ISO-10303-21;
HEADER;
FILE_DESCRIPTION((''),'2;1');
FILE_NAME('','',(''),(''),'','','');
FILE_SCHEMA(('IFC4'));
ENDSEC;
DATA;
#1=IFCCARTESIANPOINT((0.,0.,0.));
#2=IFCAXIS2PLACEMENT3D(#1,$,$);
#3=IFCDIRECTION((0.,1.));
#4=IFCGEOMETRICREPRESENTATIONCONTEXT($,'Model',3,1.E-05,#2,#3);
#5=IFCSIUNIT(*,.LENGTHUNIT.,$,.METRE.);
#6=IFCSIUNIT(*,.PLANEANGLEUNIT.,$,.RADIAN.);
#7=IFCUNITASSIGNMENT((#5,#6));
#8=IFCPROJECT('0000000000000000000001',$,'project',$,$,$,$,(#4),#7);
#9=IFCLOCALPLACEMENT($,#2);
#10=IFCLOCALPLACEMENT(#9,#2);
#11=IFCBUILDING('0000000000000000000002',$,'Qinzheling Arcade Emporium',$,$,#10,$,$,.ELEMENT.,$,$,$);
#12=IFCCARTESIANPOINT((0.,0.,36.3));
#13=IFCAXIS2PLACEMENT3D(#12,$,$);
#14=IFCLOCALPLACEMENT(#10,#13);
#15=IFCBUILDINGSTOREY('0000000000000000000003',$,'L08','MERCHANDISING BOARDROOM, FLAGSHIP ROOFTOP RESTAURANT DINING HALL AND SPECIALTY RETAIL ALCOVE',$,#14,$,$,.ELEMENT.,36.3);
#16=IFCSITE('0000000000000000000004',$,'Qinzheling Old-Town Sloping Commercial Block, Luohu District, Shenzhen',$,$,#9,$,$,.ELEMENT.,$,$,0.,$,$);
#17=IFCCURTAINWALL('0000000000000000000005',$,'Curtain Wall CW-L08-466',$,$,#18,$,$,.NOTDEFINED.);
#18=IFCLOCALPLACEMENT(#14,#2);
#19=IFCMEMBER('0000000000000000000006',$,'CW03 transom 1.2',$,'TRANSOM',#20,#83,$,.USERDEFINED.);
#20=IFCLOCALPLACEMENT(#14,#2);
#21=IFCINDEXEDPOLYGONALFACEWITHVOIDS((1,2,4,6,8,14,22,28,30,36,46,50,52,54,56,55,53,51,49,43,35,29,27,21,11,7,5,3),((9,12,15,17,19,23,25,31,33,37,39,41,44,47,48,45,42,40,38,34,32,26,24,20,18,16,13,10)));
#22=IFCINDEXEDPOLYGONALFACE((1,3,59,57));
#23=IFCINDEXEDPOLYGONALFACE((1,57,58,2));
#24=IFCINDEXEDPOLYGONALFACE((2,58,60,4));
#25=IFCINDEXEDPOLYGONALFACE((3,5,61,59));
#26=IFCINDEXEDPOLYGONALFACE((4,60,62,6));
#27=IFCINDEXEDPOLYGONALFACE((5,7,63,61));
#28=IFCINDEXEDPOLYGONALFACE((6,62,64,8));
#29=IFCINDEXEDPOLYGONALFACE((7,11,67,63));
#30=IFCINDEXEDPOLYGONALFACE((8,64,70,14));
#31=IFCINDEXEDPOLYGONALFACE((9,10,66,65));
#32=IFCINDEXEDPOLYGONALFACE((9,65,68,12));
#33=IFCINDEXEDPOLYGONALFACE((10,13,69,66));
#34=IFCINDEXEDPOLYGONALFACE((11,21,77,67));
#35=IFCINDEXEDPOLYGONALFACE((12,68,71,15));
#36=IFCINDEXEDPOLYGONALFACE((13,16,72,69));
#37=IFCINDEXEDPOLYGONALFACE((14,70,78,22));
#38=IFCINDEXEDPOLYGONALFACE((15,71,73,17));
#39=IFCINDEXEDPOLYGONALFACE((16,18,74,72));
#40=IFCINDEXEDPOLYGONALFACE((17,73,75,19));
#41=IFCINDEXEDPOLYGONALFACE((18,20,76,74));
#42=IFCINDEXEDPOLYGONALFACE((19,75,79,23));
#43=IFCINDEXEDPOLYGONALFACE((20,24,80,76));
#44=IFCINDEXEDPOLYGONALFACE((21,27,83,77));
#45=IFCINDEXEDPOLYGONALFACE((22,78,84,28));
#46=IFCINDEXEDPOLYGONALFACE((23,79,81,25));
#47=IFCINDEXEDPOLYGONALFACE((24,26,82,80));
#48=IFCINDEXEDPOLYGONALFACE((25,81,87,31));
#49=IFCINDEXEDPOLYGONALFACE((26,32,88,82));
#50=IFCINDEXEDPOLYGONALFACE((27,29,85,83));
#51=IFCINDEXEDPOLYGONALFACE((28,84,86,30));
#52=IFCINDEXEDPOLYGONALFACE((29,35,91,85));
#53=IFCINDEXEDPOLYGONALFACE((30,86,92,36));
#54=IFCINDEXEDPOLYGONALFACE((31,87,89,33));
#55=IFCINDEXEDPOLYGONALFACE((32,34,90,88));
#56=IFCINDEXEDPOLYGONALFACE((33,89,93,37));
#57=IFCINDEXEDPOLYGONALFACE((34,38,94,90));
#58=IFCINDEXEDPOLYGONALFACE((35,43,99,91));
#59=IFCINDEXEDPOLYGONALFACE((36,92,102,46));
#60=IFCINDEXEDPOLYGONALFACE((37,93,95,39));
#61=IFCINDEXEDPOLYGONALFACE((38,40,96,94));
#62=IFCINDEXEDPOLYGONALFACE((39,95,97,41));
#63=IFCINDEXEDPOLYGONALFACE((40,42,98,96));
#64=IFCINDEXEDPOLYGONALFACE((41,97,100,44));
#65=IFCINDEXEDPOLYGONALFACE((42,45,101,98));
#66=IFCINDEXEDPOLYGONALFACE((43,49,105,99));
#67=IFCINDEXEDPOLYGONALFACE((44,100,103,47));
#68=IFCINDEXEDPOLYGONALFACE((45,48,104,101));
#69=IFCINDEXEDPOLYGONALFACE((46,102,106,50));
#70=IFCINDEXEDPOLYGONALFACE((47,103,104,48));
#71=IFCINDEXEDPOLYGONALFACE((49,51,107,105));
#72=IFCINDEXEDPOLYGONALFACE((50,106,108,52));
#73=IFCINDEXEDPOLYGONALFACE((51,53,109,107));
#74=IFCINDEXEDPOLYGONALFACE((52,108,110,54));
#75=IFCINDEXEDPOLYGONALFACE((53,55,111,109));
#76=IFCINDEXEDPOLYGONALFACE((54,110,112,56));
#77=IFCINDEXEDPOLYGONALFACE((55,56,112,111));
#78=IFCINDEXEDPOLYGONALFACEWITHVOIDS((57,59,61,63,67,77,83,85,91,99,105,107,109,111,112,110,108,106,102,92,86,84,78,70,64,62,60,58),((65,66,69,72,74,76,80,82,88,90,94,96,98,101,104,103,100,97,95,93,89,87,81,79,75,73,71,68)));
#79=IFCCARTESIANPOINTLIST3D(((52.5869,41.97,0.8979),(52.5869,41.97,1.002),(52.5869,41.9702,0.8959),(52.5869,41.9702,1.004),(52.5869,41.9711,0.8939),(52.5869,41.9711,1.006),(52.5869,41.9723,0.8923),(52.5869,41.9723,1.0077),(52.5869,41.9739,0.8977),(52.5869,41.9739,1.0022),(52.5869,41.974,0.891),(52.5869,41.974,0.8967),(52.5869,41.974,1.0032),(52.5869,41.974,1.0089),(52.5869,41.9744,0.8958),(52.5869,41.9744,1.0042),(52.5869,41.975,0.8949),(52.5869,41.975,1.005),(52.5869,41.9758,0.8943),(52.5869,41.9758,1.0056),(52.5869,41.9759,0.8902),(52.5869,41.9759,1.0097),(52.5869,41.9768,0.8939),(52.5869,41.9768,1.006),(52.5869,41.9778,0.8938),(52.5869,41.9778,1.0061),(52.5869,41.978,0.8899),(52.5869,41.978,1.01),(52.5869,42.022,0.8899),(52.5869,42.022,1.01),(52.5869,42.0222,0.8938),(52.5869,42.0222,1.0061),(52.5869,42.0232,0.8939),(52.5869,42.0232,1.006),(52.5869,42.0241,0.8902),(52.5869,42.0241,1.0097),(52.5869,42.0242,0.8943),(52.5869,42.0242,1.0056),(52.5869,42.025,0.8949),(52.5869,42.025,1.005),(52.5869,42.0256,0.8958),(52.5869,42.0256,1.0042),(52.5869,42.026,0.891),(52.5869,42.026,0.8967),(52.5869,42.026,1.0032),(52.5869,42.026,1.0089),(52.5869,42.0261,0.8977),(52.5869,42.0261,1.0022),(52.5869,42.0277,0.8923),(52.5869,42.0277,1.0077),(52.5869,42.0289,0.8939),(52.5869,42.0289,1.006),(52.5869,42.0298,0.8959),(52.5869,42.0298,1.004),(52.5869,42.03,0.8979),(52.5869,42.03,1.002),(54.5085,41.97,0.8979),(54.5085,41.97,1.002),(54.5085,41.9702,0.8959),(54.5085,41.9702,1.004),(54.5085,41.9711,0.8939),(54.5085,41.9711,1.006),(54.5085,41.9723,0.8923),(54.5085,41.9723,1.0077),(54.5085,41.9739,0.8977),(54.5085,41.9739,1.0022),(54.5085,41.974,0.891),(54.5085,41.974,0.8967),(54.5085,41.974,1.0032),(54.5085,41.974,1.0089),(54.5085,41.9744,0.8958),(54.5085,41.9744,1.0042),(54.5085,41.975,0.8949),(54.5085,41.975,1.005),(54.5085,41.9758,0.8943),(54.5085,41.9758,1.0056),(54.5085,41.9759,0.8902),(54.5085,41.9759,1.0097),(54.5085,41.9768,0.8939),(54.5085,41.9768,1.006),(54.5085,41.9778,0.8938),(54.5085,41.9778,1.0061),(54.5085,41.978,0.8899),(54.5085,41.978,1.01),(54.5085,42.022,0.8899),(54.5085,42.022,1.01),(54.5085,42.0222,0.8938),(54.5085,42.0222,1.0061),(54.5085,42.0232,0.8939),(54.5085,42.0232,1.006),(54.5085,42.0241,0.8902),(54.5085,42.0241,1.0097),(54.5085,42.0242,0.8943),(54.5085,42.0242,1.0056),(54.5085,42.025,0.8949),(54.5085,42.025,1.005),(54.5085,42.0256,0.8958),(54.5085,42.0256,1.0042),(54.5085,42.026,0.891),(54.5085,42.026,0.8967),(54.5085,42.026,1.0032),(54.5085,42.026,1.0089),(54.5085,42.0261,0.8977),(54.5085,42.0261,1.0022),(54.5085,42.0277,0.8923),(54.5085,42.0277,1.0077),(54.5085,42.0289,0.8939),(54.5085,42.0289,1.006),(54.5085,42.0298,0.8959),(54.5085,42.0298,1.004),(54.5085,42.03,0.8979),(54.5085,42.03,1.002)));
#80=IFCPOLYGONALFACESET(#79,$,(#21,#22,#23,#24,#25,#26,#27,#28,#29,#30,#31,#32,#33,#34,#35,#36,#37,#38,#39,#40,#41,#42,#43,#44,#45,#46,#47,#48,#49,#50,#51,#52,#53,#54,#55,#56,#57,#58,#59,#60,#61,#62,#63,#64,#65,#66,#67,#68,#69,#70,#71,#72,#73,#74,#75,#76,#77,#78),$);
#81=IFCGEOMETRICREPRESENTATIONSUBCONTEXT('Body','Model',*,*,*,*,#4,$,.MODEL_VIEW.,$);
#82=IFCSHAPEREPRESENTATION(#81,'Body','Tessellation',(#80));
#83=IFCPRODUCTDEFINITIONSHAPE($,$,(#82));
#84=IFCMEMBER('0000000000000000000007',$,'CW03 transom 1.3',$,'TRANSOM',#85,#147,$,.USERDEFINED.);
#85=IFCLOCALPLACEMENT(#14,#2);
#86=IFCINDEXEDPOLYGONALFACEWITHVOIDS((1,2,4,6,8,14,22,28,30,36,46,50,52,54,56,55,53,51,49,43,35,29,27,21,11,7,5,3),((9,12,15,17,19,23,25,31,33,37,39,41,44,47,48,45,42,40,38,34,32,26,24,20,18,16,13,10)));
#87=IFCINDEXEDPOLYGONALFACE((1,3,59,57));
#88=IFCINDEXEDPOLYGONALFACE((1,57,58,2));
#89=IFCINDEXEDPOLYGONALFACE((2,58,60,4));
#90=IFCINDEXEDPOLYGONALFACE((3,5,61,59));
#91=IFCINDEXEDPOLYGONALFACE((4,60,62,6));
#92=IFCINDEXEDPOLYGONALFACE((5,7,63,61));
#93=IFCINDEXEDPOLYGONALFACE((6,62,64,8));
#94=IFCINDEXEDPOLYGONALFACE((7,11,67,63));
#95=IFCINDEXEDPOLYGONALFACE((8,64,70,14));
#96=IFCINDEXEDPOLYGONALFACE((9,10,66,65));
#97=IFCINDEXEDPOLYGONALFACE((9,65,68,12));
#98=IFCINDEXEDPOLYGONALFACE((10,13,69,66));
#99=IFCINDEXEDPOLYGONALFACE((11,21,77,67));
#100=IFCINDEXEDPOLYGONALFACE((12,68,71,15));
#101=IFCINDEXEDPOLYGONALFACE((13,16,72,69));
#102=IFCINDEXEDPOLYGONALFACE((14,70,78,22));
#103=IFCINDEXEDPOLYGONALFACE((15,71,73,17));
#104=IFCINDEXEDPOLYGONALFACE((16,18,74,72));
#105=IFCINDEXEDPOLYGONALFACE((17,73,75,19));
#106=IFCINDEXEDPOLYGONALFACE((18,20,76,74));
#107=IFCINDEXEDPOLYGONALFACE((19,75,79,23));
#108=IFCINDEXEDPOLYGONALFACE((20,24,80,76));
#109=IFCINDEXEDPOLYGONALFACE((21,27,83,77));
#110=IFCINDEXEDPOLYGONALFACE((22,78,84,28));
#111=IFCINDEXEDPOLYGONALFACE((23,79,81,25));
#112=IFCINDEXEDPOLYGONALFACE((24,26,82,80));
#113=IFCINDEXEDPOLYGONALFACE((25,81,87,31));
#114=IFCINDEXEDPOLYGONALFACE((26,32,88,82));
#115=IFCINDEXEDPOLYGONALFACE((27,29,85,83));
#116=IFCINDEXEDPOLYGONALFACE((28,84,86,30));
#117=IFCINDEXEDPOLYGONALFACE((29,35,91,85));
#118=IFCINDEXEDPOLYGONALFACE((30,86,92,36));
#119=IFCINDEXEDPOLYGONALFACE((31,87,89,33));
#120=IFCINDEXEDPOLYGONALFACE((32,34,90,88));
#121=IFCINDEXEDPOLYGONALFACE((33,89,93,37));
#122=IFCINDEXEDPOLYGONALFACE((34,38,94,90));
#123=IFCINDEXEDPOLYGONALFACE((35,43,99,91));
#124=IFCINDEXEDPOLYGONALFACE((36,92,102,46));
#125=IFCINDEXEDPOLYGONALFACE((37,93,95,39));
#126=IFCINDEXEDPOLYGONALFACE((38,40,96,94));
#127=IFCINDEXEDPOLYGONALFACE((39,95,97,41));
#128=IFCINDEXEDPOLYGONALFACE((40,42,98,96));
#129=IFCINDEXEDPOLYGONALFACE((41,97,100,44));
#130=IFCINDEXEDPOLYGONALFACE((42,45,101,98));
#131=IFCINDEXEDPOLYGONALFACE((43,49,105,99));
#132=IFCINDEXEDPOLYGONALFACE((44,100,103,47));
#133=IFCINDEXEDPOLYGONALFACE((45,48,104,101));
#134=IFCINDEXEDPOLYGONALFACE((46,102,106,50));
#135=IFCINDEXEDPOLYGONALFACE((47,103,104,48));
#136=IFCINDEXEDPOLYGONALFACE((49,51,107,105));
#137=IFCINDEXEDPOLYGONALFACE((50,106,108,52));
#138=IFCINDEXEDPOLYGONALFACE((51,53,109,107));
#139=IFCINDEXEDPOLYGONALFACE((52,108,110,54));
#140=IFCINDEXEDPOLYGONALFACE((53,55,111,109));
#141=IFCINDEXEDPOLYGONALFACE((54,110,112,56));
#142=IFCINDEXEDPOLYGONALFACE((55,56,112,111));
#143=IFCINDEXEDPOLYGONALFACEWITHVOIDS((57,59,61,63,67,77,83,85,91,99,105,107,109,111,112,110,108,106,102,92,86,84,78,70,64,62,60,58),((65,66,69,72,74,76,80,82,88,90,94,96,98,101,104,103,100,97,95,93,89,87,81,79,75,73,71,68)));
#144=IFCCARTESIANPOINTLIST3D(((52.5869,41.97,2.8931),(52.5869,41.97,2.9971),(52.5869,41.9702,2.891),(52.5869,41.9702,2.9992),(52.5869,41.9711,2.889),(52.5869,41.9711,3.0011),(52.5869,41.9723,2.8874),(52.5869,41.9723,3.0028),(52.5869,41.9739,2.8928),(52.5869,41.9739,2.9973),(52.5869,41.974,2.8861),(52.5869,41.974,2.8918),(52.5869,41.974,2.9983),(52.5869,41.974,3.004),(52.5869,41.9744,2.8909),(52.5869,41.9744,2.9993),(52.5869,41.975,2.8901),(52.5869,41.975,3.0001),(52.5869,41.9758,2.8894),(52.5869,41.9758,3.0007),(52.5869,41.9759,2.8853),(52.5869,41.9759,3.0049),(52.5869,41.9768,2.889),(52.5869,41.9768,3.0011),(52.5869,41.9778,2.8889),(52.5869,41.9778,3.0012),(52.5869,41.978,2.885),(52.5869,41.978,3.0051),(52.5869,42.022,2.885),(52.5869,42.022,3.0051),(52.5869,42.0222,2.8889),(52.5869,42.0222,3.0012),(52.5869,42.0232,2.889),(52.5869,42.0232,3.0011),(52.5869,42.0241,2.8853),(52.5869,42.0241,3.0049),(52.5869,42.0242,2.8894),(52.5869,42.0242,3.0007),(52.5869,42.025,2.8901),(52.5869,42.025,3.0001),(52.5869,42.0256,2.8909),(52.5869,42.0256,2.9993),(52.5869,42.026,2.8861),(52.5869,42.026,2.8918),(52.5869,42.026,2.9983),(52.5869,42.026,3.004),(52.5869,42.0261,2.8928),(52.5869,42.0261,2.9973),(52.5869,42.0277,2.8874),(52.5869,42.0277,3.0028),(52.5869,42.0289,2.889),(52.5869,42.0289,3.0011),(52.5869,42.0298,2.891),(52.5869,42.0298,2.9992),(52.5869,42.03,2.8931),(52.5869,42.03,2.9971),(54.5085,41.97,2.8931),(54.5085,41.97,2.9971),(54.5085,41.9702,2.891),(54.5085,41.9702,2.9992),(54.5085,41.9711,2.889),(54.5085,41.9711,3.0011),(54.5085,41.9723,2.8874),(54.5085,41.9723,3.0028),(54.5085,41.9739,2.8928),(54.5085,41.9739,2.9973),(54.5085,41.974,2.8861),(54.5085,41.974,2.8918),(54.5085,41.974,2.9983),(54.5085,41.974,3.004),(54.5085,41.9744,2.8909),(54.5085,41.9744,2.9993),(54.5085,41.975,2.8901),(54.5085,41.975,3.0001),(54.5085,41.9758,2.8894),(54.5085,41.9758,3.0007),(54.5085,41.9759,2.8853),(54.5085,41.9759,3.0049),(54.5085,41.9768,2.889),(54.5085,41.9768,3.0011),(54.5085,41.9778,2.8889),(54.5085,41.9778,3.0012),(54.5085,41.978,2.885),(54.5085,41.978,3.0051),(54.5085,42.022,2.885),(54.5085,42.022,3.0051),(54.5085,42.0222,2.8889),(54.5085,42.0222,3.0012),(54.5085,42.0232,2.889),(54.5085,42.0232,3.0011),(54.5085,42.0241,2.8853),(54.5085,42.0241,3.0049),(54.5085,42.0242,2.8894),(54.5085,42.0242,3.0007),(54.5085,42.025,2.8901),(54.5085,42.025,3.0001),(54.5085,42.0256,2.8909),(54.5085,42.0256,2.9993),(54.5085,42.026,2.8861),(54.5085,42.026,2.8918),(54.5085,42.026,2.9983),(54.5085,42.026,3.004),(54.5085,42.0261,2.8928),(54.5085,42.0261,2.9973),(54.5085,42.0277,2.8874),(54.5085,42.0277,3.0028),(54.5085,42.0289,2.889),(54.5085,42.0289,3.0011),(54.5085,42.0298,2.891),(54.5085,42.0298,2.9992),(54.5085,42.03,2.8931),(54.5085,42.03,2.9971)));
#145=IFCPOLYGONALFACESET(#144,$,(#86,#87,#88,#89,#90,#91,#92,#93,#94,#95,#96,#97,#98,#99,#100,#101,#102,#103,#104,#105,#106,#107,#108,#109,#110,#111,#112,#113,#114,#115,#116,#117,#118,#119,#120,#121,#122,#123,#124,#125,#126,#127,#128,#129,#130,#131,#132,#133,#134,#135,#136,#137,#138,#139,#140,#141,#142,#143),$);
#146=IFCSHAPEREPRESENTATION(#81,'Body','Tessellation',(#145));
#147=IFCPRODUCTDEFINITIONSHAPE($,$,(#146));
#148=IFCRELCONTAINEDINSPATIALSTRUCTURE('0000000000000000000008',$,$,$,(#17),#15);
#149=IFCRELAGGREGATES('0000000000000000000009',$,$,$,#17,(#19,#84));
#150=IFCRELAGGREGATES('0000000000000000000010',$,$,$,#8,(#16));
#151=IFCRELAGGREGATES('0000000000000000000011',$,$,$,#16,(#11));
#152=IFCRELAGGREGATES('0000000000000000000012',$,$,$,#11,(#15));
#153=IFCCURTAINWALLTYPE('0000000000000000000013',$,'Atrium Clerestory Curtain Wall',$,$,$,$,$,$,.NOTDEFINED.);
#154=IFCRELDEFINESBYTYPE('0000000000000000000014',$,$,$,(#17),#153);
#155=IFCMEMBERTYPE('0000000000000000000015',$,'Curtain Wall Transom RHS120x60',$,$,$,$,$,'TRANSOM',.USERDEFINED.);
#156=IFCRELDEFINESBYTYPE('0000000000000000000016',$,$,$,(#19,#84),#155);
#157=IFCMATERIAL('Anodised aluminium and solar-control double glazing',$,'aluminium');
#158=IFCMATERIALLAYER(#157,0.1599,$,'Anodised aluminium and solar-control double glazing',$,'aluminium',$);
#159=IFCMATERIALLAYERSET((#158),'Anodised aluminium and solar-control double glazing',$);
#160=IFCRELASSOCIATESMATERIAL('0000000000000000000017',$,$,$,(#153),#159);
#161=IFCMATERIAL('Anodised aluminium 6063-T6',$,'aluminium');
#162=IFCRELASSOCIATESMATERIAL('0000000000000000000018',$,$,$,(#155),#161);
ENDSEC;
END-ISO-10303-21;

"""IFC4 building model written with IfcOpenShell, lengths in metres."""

from ifc_helpers import new_model, si_unit, direction, frame, origin, origin_2d, place, context, subcontext, project, spatial, hollow_rectangle, extrude, material, layer, layer_set, material_profile, profile_set, type_object, element, aggregate, save


model = new_model("IFC4")

# Units and contexts
model_context = context("Model", 3, precision=1e-05, world=origin(), true_north=direction((0.0, 1.0)))
body_context = subcontext(model_context, "Body", "Model", "MODEL_VIEW")
ifc_project = project(units=[si_unit("LENGTHUNIT", "METRE"), si_unit("PLANEANGLEUNIT", "RADIAN")], contexts=[model_context])

# Site, building, storey
site_placement = place(None, origin())
site = spatial("IfcSite", under=ifc_project, at=site_placement, Name="Qinzheling Old-Town Sloping Commercial Block, Luohu District, Shenzhen", CompositionType="ELEMENT", RefElevation=0.0)
building_placement = place(site_placement, origin())
building = spatial("IfcBuilding", under=site, at=building_placement, Name="Qinzheling Arcade Emporium", CompositionType="ELEMENT")
storey_placement = place(building_placement, frame((0.0, 0.0, 36.3)))
storey = spatial("IfcBuildingStorey", under=building, at=storey_placement, Name="L08", Description="MERCHANDISING BOARDROOM, FLAGSHIP ROOFTOP RESTAURANT DINING HALL AND SPECIALTY RETAIL ALCOVE", CompositionType="ELEMENT", Elevation=36.3)

# Shared definitions
ifc_material_1 = material(Name="Anodised aluminium and solar-control double glazing", Category="aluminium")
ifc_layer_1 = layer(ifc_material_1, 0.1599, Name="Anodised aluminium and solar-control double glazing", Category="aluminium")
ifc_layer_set_1 = layer_set([ifc_layer_1], Name="Anodised aluminium and solar-control double glazing")
curtain_wall_type = type_object("IfcCurtainWallType", Name="Atrium Clerestory Curtain Wall", PredefinedType="NOTDEFINED", material=ifc_layer_set_1)
ifc_material_2 = material(Name="Anodised aluminium 6063-T6", Category="aluminium")

# Curtain wall, members
curtain_wall_1_placement = place(storey_placement, origin())
curtain_wall_1 = element("IfcCurtainWall", 1, at=curtain_wall_1_placement, inside=storey, type_object=curtain_wall_type, Name="Curtain Wall CW-L08-466", PredefinedType="NOTDEFINED")
ifc_material_profile_1 = material_profile(ifc_material_2, hollow_rectangle(XDim=0.0601, YDim=0.1201, WallThickness=0.0039, InnerFilletRadius=0.0039, OuterFilletRadius=0.0081, at=origin_2d()), Name="RHS 120x60x4", Category="aluminium")
ifc_profile_set_1 = profile_set([ifc_material_profile_1], Name="Anodised aluminium 6063-T6")
member_type_1 = type_object("IfcMemberType", Name="Curtain Wall Transom RHS120x60", ElementType="TRANSOM", PredefinedType="USERDEFINED", material=ifc_profile_set_1)
member_1_placement = place(storey_placement, frame((52.5869, 42.0, 0.95), z_axis=(1.0, 0.0, 0.0), x_axis=(0.0, 1.0, 0.0)))
member_1 = element("IfcMember", 2, at=member_1_placement, type_object=member_type_1, Name="CW03 transom 1.2", ObjectType="TRANSOM", PredefinedType="USERDEFINED", context=body_context, shape_type="SweptSolid", body=[
    extrude(hollow_rectangle(XDim=0.0601, YDim=0.1201, WallThickness=0.0039, InnerFilletRadius=0.0039, OuterFilletRadius=0.0081, at=origin_2d()), origin(), (0.0, 0.0, 1.0), 1.9216),
])
member_2_placement = place(storey_placement, frame((52.5869, 42.0, 2.9451), z_axis=(1.0, 0.0, 0.0), x_axis=(0.0, 1.0, 0.0)))
member_2 = element("IfcMember", 3, at=member_2_placement, type_object=member_type_1, Name="CW03 transom 1.3", ObjectType="TRANSOM", PredefinedType="USERDEFINED", context=body_context, shape_type="SweptSolid", body=[
    extrude(hollow_rectangle(XDim=0.0601, YDim=0.1201, WallThickness=0.0039, InnerFilletRadius=0.0039, OuterFilletRadius=0.0081, at=origin_2d()), origin(), (0.0, 0.0, 1.0), 1.9216),
])

aggregate(curtain_wall_1, [member_1, member_2])

save(model, "model.ifc")
